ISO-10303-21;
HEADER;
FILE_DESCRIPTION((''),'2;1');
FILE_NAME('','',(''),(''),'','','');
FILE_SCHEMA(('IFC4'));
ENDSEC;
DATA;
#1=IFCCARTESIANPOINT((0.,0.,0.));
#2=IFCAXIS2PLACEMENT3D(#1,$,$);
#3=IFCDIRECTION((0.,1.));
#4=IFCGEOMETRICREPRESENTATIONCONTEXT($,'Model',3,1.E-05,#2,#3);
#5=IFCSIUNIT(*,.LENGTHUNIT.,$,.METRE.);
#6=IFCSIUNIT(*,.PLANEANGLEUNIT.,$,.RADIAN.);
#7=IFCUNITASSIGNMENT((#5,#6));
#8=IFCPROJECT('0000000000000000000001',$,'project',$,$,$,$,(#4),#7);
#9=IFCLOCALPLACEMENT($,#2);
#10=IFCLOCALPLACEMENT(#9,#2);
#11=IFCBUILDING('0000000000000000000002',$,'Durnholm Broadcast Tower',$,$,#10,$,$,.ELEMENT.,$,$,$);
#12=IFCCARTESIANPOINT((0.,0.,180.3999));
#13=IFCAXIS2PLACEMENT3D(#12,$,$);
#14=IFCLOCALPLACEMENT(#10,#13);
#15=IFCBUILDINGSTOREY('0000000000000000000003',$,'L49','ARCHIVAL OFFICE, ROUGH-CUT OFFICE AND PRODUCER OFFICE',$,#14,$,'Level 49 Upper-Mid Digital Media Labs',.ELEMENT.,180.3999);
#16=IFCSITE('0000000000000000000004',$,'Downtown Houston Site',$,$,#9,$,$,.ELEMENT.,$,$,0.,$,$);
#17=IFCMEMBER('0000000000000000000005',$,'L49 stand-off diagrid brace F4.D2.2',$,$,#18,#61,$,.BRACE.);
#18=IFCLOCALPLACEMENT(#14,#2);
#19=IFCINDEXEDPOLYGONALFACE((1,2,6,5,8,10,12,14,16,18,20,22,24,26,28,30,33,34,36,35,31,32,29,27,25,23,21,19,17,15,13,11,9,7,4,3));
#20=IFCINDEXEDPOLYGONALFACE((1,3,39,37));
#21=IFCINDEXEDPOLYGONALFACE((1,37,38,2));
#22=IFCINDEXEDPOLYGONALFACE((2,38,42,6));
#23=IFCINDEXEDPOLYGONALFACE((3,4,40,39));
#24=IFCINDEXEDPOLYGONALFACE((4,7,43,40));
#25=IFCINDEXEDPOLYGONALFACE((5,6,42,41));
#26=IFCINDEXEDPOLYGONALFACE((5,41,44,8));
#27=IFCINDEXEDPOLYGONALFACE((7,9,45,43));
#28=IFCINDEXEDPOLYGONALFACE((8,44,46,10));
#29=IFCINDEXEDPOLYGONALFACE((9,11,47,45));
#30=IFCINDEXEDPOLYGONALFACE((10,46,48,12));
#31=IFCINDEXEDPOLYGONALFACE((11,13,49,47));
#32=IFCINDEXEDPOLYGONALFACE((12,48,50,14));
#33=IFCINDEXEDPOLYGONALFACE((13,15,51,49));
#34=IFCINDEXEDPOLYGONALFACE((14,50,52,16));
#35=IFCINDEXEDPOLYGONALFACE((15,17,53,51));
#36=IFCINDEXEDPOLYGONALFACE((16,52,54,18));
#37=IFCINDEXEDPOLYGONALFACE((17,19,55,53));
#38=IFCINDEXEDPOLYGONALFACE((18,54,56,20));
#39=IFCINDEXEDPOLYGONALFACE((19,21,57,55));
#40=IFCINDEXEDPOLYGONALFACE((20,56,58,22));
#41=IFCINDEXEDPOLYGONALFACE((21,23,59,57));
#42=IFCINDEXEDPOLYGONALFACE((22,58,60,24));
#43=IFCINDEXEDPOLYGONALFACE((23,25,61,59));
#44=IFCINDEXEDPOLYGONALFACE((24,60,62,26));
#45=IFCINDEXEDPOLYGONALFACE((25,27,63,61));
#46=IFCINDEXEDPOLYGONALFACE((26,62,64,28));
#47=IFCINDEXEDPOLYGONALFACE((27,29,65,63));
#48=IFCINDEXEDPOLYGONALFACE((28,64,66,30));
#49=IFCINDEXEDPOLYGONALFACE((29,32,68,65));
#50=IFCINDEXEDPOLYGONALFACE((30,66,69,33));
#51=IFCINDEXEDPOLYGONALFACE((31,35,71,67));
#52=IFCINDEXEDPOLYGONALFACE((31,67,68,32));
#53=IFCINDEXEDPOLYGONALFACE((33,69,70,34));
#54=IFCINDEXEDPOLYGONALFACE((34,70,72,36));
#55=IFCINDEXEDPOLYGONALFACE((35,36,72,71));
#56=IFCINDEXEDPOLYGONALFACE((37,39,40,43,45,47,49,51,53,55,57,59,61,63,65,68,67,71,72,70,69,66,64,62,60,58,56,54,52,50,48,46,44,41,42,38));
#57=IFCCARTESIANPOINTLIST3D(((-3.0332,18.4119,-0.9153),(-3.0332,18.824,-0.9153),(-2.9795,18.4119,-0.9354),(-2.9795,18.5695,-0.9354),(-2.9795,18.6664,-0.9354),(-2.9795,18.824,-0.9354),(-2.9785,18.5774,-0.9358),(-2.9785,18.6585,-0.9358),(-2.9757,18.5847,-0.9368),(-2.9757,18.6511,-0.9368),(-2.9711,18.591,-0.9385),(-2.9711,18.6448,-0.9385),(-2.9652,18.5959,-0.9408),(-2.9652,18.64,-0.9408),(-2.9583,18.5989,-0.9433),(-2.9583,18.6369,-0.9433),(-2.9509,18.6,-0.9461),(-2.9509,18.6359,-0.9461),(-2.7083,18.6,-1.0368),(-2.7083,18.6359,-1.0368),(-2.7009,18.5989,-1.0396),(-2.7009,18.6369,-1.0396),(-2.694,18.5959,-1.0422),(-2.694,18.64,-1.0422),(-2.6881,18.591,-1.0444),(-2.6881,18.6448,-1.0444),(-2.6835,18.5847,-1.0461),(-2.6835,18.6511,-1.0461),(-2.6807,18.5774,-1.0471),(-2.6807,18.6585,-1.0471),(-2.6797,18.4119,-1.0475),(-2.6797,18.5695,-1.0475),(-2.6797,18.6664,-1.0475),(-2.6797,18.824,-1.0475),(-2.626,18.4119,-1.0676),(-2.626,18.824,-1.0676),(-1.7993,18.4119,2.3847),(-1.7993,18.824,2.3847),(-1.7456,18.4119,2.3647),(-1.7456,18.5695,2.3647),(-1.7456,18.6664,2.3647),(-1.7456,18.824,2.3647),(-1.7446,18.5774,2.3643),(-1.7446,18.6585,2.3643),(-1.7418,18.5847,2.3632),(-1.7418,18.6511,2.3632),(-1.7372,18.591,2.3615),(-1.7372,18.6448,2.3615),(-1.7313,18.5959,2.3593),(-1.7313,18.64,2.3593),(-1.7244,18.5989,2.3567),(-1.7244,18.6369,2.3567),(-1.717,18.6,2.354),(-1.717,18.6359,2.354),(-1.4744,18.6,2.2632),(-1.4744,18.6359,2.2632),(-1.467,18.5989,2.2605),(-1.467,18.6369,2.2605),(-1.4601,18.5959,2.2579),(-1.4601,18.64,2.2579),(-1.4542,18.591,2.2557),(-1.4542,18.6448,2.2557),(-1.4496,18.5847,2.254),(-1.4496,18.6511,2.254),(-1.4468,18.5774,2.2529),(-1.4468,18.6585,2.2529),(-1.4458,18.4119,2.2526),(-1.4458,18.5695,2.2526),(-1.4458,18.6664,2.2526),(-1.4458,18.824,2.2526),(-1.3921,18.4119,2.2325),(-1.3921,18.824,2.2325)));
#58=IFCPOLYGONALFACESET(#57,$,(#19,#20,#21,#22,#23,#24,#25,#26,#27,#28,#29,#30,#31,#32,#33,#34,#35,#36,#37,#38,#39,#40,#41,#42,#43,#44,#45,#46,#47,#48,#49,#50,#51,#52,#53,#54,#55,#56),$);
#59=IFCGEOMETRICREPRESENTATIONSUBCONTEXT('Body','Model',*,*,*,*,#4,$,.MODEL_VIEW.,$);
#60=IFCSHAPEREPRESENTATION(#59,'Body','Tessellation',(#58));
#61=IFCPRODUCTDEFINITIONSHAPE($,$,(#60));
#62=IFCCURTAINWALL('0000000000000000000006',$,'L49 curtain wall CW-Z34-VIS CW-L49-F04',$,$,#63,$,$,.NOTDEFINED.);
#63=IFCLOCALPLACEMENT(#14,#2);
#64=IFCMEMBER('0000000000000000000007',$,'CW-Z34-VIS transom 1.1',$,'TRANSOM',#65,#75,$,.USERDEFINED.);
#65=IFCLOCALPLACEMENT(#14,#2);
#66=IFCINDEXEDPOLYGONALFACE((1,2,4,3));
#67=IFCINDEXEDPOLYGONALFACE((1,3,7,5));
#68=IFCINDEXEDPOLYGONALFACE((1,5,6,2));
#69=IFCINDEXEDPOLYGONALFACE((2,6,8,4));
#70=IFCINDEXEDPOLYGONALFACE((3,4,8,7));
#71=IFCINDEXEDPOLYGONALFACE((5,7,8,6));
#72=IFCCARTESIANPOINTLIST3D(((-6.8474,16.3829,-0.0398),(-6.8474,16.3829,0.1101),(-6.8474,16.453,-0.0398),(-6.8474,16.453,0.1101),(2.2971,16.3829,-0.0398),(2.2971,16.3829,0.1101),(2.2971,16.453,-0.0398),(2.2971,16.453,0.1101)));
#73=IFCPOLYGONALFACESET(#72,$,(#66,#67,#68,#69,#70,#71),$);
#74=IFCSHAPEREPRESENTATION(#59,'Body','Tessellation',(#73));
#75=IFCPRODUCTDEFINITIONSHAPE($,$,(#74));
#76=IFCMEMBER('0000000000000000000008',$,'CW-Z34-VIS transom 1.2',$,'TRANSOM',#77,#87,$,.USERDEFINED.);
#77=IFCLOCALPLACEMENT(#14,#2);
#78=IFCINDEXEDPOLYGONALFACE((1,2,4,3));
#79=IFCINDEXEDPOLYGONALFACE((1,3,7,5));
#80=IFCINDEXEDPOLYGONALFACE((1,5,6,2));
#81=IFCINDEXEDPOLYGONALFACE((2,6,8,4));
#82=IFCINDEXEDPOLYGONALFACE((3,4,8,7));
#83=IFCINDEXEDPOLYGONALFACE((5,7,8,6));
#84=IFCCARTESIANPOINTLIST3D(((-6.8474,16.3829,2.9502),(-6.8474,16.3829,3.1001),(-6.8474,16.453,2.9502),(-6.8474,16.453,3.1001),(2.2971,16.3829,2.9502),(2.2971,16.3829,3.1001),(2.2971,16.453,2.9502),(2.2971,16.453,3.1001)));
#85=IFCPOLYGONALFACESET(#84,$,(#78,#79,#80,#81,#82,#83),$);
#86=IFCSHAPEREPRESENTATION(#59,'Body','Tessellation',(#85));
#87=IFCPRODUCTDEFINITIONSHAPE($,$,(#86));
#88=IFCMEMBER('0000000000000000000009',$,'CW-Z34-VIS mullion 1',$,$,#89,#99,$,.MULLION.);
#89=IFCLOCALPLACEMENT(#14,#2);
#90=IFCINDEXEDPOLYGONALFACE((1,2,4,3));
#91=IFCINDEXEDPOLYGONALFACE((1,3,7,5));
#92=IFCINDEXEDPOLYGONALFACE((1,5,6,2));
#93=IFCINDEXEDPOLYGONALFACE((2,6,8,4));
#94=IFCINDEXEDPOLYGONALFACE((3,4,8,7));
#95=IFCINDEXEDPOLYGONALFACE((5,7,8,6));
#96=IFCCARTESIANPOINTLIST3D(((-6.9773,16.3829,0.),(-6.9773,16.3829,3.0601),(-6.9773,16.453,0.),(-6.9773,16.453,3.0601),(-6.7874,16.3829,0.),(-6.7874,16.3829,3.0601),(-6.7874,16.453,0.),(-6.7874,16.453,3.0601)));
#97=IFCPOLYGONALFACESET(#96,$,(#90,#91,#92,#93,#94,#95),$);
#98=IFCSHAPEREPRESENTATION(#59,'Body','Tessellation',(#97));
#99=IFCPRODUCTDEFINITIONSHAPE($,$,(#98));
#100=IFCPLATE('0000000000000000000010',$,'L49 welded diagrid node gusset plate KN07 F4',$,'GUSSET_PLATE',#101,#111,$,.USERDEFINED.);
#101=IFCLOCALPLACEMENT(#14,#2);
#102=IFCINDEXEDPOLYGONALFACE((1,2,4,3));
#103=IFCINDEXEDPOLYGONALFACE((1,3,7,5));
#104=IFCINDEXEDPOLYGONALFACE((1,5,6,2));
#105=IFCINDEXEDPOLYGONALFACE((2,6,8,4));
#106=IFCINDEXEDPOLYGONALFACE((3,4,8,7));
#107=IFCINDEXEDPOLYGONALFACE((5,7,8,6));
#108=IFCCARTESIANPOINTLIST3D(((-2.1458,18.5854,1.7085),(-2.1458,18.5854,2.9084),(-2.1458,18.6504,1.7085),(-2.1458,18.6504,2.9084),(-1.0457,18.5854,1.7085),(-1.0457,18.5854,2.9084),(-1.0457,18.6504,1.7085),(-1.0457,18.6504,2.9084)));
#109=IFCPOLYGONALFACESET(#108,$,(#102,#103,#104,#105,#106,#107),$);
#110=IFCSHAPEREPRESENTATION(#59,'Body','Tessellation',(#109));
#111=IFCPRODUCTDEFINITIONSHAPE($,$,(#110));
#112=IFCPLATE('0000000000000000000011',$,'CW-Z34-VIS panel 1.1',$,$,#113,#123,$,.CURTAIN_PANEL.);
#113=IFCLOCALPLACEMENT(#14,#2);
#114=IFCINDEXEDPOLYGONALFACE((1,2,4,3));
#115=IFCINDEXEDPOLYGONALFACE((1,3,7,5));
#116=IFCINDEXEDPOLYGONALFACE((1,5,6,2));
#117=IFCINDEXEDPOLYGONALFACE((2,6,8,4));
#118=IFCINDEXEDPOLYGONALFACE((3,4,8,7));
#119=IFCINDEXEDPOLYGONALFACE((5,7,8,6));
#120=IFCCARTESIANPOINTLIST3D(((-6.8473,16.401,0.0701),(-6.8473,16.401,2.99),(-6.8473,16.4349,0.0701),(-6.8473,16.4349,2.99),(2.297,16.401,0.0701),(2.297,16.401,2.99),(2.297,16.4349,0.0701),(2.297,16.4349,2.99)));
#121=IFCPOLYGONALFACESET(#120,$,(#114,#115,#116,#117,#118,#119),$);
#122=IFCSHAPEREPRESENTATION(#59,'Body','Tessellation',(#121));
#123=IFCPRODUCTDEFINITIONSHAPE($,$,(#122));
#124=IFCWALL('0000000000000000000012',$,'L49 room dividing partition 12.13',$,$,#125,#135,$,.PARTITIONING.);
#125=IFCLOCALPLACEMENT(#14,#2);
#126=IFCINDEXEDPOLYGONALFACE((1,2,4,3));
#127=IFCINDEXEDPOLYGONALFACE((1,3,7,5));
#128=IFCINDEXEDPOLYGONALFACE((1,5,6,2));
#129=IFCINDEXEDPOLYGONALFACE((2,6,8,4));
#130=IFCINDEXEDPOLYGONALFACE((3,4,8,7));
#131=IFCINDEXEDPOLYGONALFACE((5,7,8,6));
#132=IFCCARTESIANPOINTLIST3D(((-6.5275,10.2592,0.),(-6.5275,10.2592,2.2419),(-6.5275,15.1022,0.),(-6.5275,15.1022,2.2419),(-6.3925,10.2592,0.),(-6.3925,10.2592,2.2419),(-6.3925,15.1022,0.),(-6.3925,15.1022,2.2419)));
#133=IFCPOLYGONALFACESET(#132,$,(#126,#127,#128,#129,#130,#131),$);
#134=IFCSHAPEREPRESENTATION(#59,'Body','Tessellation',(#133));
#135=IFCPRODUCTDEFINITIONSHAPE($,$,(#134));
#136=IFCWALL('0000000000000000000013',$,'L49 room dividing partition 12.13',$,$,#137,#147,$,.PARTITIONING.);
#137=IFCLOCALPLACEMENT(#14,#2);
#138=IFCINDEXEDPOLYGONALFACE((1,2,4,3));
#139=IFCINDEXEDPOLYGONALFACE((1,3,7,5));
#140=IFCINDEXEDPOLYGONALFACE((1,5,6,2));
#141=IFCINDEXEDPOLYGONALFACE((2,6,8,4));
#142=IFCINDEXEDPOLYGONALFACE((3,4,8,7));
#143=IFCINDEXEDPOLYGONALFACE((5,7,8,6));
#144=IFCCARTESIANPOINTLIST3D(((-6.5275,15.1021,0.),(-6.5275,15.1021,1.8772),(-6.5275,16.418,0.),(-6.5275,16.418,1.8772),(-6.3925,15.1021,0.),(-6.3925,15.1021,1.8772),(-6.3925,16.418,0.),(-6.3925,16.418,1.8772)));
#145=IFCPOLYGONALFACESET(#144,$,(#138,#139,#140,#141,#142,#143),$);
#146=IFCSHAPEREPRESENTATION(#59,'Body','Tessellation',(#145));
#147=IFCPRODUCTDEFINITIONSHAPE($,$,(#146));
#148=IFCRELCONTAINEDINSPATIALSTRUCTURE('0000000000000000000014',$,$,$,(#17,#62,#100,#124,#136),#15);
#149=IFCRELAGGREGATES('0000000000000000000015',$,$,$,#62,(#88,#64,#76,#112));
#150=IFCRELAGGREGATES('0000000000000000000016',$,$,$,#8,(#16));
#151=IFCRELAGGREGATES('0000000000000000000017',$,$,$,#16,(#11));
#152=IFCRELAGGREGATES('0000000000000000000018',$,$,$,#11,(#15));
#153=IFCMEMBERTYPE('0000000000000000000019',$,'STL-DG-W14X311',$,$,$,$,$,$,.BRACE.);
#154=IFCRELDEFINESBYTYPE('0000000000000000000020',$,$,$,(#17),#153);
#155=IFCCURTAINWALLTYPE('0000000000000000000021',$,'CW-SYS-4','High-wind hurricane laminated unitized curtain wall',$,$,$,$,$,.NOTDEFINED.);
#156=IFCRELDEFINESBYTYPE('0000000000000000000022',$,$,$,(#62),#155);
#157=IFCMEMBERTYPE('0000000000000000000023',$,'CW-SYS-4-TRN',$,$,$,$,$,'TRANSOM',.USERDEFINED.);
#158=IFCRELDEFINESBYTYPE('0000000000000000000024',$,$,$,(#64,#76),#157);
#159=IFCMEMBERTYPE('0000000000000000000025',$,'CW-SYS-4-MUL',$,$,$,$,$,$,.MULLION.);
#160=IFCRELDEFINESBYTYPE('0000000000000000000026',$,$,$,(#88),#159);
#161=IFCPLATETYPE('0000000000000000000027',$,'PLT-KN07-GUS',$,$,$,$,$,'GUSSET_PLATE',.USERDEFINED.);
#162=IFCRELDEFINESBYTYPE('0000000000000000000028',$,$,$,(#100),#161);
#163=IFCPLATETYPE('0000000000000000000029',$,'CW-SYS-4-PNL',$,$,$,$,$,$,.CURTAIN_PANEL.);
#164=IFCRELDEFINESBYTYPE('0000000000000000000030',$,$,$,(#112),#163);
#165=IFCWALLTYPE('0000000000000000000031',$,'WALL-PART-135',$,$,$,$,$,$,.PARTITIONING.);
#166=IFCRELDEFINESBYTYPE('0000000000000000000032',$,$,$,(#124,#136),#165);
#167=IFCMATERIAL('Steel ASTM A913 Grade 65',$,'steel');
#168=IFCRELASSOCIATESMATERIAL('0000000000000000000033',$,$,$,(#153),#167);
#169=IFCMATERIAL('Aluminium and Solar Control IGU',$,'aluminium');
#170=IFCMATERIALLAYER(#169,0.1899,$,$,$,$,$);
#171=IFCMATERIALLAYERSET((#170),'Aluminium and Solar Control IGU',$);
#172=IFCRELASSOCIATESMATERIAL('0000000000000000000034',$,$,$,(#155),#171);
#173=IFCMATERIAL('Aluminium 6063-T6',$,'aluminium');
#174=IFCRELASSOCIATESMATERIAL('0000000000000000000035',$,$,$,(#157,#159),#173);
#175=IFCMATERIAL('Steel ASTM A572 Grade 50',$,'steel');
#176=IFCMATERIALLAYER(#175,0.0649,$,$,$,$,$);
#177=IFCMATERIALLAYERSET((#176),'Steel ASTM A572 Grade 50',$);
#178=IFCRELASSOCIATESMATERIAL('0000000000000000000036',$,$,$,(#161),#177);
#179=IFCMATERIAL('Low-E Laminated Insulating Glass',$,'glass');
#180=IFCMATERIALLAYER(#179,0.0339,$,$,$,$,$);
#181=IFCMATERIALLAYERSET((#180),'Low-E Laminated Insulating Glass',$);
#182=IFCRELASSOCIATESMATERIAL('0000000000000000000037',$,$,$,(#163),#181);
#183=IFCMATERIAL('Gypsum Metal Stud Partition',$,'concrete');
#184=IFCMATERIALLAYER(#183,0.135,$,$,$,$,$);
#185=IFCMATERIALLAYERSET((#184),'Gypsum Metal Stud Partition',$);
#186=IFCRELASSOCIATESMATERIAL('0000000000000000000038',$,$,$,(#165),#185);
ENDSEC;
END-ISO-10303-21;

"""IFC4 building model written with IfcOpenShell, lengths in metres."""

from ifc_helpers import new_model, si_unit, direction, frame, frame_2d, origin, origin_2d, place, context, subcontext, project, spatial, rectangle, i_section, extrude, source, transform, mapped, material, layer, layer_set, material_profile, profile_set, type_object, type_shapes, element, aggregate, save


model = new_model("IFC4")

# Units and contexts
model_context = context("Model", 3, precision=1e-05, world=origin(), true_north=direction((0.0, 1.0)))
body_context = subcontext(model_context, "Body", "Model", "MODEL_VIEW")
ifc_project = project(units=[si_unit("LENGTHUNIT", "METRE"), si_unit("PLANEANGLEUNIT", "RADIAN")], contexts=[model_context])

# Site, building, storey
site_placement = place(None, origin())
site = spatial("IfcSite", under=ifc_project, at=site_placement, Name="Downtown Houston Site", CompositionType="ELEMENT", RefElevation=0.0)
building_placement = place(site_placement, origin())
building = spatial("IfcBuilding", under=site, at=building_placement, Name="Durnholm Broadcast Tower", CompositionType="ELEMENT")
storey_placement = place(building_placement, frame((0.0, 0.0, 180.3999)))
storey = spatial("IfcBuildingStorey", under=building, at=storey_placement, Name="L49", Description="ARCHIVAL OFFICE, ROUGH-CUT OFFICE AND PRODUCER OFFICE", LongName="Level 49 Upper-Mid Digital Media Labs", CompositionType="ELEMENT", Elevation=180.3999)

# Member
ifc_material_1 = material(Name="Steel ASTM A913 Grade 65", Category="steel")
ifc_material_profile_1 = material_profile(ifc_material_1, i_section(OverallWidth=0.4121, OverallDepth=0.4348, WebThickness=0.0359, FlangeThickness=0.0574, FilletRadius=0.0305, at=origin_2d()), Name="W14X311")
ifc_profile_set_1 = profile_set([ifc_material_profile_1], Name="Steel ASTM A913 Grade 65")
member_type_1 = type_object("IfcMemberType", Name="STL-DG-W14X311", PredefinedType="BRACE", material=ifc_profile_set_1)
shared_shape_1 = source(origin(), body_context, "Body", "SweptSolid", [
    extrude(i_section(OverallWidth=0.4121, OverallDepth=0.4348, WebThickness=0.0359, FlangeThickness=0.0574, FilletRadius=0.0305, at=origin_2d()), origin(), (0.0, 0.0, 1.0), 3.5232),
])
type_shapes(member_type_1, [shared_shape_1])
for number, where, z_axis, x_axis, name in (
    (1, (-2.8296, 18.6179, -0.9915), (0.35022, 0.0, 0.936668), (0.0, 1.0, 0.0), "L49 stand-off diagrid brace F4.D2.2"),
):
    element("IfcMember", number, at=place(storey_placement, frame(where, z_axis=z_axis, x_axis=x_axis)), inside=storey, type_object=member_type_1, Name=name, PredefinedType="BRACE", context=body_context, shape_type="MappedRepresentation", body=[
        mapped(shared_shape_1, transform((0.0, 0.0, 0.0), x_axis=(1.0, 0.0, 0.0), y_axis=(0.0, 1.0, 0.0), z_axis=(0.0, 0.0, 1.0), scale=1.0)),
    ])

# Curtain wall, members
ifc_material_2 = material(Name="Aluminium and Solar Control IGU", Category="aluminium")
ifc_layer_1 = layer(ifc_material_2, 0.1899)
ifc_layer_set_1 = layer_set([ifc_layer_1], Name="Aluminium and Solar Control IGU")
curtain_wall_type = type_object("IfcCurtainWallType", Name="CW-SYS-4", Description="High-wind hurricane laminated unitized curtain wall", PredefinedType="NOTDEFINED", material=ifc_layer_set_1)
curtain_wall_placement = place(storey_placement, origin())
curtain_wall = element("IfcCurtainWall", 2, at=curtain_wall_placement, inside=storey, type_object=curtain_wall_type, Name="L49 curtain wall CW-Z34-VIS CW-L49-F04", PredefinedType="NOTDEFINED")
ifc_material_3 = material(Name="Aluminium 6063-T6", Category="aluminium")
ifc_material_profile_2 = material_profile(ifc_material_3, rectangle(XDim=0.0701, YDim=0.1499, at=origin_2d()), Name="CWT70X150")
ifc_profile_set_2 = profile_set([ifc_material_profile_2], Name="Aluminium 6063-T6")
member_type_2 = type_object("IfcMemberType", Name="CW-SYS-4-TRN", ElementType="TRANSOM", PredefinedType="USERDEFINED", material=ifc_profile_set_2)
shared_shape_2 = source(origin(), body_context, "Body", "SweptSolid", [
    extrude(rectangle(XDim=0.0701, YDim=0.1499, at=origin_2d()), origin(), (0.0, 0.0, 1.0), 9.1445),
])
type_shapes(member_type_2, [shared_shape_2])
member_1_placement = place(storey_placement, frame((-6.8474, 16.418, 0.0352), z_axis=(1.0, 0.0, 0.0), x_axis=(0.0, 1.0, 0.0)))
member_1 = element("IfcMember", 3, at=member_1_placement, type_object=member_type_2, Name="CW-Z34-VIS transom 1.1", ObjectType="TRANSOM", PredefinedType="USERDEFINED", context=body_context, shape_type="MappedRepresentation", body=[
    mapped(shared_shape_2, transform((0.0, 0.0, 0.0), x_axis=(1.0, 0.0, 0.0), y_axis=(0.0, 1.0, 0.0), z_axis=(0.0, 0.0, 1.0), scale=1.0)),
])
member_2_placement = place(storey_placement, frame((-6.8474, 16.418, 3.0251), z_axis=(1.0, 0.0, 0.0), x_axis=(0.0, 1.0, 0.0)))
member_2 = element("IfcMember", 4, at=member_2_placement, type_object=member_type_2, Name="CW-Z34-VIS transom 1.2", ObjectType="TRANSOM", PredefinedType="USERDEFINED", context=body_context, shape_type="MappedRepresentation", body=[
    mapped(shared_shape_2, transform((0.0, 0.0, 0.0), x_axis=(1.0, 0.0, 0.0), y_axis=(0.0, 1.0, 0.0), z_axis=(0.0, 0.0, 1.0), scale=1.0)),
])
ifc_material_profile_3 = material_profile(ifc_material_3, rectangle(XDim=0.0701, YDim=0.1899, at=origin_2d()), Name="CWM70X190")
ifc_profile_set_3 = profile_set([ifc_material_profile_3], Name="Aluminium 6063-T6")
member_type_3 = type_object("IfcMemberType", Name="CW-SYS-4-MUL", PredefinedType="MULLION", material=ifc_profile_set_3)
shared_shape_3 = source(origin(), body_context, "Body", "SweptSolid", [
    extrude(rectangle(XDim=0.0701, YDim=0.1899, at=origin_2d()), origin(), (0.0, 0.0, 1.0), 3.0601),
])
type_shapes(member_type_3, [shared_shape_3])
member_3_placement = place(storey_placement, frame((-6.8823, 16.418, 0.0), z_axis=(0.0, 0.0, 1.0), x_axis=(0.0, 1.0, 0.0)))
member_3 = element("IfcMember", 5, at=member_3_placement, type_object=member_type_3, Name="CW-Z34-VIS mullion 1", PredefinedType="MULLION", context=body_context, shape_type="MappedRepresentation", body=[
    mapped(shared_shape_3, transform((0.0, 0.0, 0.0), x_axis=(1.0, 0.0, 0.0), y_axis=(0.0, 1.0, 0.0), z_axis=(0.0, 0.0, 1.0), scale=1.0)),
])

# Plates
ifc_material_4 = material(Name="Steel ASTM A572 Grade 50", Category="steel")
ifc_layer_2 = layer(ifc_material_4, 0.0649)
ifc_layer_set_2 = layer_set([ifc_layer_2], Name="Steel ASTM A572 Grade 50")
plate_type_1 = type_object("IfcPlateType", Name="PLT-KN07-GUS", ElementType="GUSSET_PLATE", PredefinedType="USERDEFINED", material=ifc_layer_set_2)
shared_shape_4 = source(origin(), body_context, "Body", "SweptSolid", [
    extrude(rectangle(XDim=1.1001, YDim=0.0649, at=origin_2d()), origin(), (0.0, 0.0, 1.0), 1.2),
])
type_shapes(plate_type_1, [shared_shape_4])
plate_1_placement = place(storey_placement, frame((-1.5957, 18.6179, 1.7085), z_axis=(0.0, 0.0, 1.0), x_axis=(-1.0, 0.0, 0.0)))
element("IfcPlate", 6, at=plate_1_placement, inside=storey, type_object=plate_type_1, Name="L49 welded diagrid node gusset plate KN07 F4", ObjectType="GUSSET_PLATE", PredefinedType="USERDEFINED", context=body_context, shape_type="MappedRepresentation", body=[
    mapped(shared_shape_4, transform((0.0, 0.0, 0.0), x_axis=(1.0, 0.0, 0.0), y_axis=(0.0, 1.0, 0.0), z_axis=(0.0, 0.0, 1.0), scale=1.0)),
])
ifc_material_5 = material(Name="Low-E Laminated Insulating Glass", Category="glass")
ifc_layer_3 = layer(ifc_material_5, 0.0339)
ifc_layer_set_3 = layer_set([ifc_layer_3], Name="Low-E Laminated Insulating Glass")
plate_type_2 = type_object("IfcPlateType", Name="CW-SYS-4-PNL", PredefinedType="CURTAIN_PANEL", material=ifc_layer_set_3)
shared_shape_5 = source(origin(), body_context, "Body", "SweptSolid", [
    extrude(rectangle(XDim=9.1443, YDim=0.0339, at=origin_2d()), origin(), (0.0, 0.0, 1.0), 2.9199),
])
type_shapes(plate_type_2, [shared_shape_5])
plate_2_placement = place(storey_placement, frame((-2.2751, 16.418, 0.0701), z_axis=(0.0, 0.0, 1.0), x_axis=(1.0, 0.0, 0.0)))
plate_2 = element("IfcPlate", 7, at=plate_2_placement, type_object=plate_type_2, Name="CW-Z34-VIS panel 1.1", PredefinedType="CURTAIN_PANEL", context=body_context, shape_type="MappedRepresentation", body=[
    mapped(shared_shape_5, transform((0.0, 0.0, 0.0), x_axis=(1.0, 0.0, 0.0), y_axis=(0.0, 1.0, 0.0), z_axis=(0.0, 0.0, 1.0), scale=1.0)),
])
aggregate(curtain_wall, [member_3, member_1, member_2, plate_2])

# Walls
ifc_material_6 = material(Name="Gypsum Metal Stud Partition", Category="concrete")
ifc_layer_4 = layer(ifc_material_6, 0.135)
ifc_layer_set_4 = layer_set([ifc_layer_4], Name="Gypsum Metal Stud Partition")
wall_type_1 = type_object("IfcWallType", Name="WALL-PART-135", PredefinedType="PARTITIONING", material=ifc_layer_set_4)
wall_1_placement = place(storey_placement, frame((-6.46, 15.1021, 0.0), z_axis=(0.0, 0.0, 1.0), x_axis=(0.0, -1.0, 0.0)))
element("IfcWall", 8, at=wall_1_placement, inside=storey, type_object=wall_type_1, Name="L49 room dividing partition 12.13", PredefinedType="PARTITIONING", context=body_context, shape_type="SweptSolid", body=[
    extrude(rectangle(XDim=4.843, YDim=0.135, at=frame_2d((2.4214, 0.0))), origin(), (0.0, 0.0, 1.0), 2.2419),
])
wall_2_placement = place(storey_placement, frame((-6.46, 16.418, 0.0), z_axis=(0.0, 0.0, 1.0), x_axis=(0.0, -1.0, 0.0)))
element("IfcWall", 9, at=wall_2_placement, inside=storey, type_object=wall_type_1, Name="L49 room dividing partition 12.13", PredefinedType="PARTITIONING", context=body_context, shape_type="SweptSolid", body=[
    extrude(rectangle(XDim=1.3159, YDim=0.135, at=frame_2d((0.658, 0.0))), origin(), (0.0, 0.0, 1.0), 1.8772),
])

save(model, "model.ifc")
